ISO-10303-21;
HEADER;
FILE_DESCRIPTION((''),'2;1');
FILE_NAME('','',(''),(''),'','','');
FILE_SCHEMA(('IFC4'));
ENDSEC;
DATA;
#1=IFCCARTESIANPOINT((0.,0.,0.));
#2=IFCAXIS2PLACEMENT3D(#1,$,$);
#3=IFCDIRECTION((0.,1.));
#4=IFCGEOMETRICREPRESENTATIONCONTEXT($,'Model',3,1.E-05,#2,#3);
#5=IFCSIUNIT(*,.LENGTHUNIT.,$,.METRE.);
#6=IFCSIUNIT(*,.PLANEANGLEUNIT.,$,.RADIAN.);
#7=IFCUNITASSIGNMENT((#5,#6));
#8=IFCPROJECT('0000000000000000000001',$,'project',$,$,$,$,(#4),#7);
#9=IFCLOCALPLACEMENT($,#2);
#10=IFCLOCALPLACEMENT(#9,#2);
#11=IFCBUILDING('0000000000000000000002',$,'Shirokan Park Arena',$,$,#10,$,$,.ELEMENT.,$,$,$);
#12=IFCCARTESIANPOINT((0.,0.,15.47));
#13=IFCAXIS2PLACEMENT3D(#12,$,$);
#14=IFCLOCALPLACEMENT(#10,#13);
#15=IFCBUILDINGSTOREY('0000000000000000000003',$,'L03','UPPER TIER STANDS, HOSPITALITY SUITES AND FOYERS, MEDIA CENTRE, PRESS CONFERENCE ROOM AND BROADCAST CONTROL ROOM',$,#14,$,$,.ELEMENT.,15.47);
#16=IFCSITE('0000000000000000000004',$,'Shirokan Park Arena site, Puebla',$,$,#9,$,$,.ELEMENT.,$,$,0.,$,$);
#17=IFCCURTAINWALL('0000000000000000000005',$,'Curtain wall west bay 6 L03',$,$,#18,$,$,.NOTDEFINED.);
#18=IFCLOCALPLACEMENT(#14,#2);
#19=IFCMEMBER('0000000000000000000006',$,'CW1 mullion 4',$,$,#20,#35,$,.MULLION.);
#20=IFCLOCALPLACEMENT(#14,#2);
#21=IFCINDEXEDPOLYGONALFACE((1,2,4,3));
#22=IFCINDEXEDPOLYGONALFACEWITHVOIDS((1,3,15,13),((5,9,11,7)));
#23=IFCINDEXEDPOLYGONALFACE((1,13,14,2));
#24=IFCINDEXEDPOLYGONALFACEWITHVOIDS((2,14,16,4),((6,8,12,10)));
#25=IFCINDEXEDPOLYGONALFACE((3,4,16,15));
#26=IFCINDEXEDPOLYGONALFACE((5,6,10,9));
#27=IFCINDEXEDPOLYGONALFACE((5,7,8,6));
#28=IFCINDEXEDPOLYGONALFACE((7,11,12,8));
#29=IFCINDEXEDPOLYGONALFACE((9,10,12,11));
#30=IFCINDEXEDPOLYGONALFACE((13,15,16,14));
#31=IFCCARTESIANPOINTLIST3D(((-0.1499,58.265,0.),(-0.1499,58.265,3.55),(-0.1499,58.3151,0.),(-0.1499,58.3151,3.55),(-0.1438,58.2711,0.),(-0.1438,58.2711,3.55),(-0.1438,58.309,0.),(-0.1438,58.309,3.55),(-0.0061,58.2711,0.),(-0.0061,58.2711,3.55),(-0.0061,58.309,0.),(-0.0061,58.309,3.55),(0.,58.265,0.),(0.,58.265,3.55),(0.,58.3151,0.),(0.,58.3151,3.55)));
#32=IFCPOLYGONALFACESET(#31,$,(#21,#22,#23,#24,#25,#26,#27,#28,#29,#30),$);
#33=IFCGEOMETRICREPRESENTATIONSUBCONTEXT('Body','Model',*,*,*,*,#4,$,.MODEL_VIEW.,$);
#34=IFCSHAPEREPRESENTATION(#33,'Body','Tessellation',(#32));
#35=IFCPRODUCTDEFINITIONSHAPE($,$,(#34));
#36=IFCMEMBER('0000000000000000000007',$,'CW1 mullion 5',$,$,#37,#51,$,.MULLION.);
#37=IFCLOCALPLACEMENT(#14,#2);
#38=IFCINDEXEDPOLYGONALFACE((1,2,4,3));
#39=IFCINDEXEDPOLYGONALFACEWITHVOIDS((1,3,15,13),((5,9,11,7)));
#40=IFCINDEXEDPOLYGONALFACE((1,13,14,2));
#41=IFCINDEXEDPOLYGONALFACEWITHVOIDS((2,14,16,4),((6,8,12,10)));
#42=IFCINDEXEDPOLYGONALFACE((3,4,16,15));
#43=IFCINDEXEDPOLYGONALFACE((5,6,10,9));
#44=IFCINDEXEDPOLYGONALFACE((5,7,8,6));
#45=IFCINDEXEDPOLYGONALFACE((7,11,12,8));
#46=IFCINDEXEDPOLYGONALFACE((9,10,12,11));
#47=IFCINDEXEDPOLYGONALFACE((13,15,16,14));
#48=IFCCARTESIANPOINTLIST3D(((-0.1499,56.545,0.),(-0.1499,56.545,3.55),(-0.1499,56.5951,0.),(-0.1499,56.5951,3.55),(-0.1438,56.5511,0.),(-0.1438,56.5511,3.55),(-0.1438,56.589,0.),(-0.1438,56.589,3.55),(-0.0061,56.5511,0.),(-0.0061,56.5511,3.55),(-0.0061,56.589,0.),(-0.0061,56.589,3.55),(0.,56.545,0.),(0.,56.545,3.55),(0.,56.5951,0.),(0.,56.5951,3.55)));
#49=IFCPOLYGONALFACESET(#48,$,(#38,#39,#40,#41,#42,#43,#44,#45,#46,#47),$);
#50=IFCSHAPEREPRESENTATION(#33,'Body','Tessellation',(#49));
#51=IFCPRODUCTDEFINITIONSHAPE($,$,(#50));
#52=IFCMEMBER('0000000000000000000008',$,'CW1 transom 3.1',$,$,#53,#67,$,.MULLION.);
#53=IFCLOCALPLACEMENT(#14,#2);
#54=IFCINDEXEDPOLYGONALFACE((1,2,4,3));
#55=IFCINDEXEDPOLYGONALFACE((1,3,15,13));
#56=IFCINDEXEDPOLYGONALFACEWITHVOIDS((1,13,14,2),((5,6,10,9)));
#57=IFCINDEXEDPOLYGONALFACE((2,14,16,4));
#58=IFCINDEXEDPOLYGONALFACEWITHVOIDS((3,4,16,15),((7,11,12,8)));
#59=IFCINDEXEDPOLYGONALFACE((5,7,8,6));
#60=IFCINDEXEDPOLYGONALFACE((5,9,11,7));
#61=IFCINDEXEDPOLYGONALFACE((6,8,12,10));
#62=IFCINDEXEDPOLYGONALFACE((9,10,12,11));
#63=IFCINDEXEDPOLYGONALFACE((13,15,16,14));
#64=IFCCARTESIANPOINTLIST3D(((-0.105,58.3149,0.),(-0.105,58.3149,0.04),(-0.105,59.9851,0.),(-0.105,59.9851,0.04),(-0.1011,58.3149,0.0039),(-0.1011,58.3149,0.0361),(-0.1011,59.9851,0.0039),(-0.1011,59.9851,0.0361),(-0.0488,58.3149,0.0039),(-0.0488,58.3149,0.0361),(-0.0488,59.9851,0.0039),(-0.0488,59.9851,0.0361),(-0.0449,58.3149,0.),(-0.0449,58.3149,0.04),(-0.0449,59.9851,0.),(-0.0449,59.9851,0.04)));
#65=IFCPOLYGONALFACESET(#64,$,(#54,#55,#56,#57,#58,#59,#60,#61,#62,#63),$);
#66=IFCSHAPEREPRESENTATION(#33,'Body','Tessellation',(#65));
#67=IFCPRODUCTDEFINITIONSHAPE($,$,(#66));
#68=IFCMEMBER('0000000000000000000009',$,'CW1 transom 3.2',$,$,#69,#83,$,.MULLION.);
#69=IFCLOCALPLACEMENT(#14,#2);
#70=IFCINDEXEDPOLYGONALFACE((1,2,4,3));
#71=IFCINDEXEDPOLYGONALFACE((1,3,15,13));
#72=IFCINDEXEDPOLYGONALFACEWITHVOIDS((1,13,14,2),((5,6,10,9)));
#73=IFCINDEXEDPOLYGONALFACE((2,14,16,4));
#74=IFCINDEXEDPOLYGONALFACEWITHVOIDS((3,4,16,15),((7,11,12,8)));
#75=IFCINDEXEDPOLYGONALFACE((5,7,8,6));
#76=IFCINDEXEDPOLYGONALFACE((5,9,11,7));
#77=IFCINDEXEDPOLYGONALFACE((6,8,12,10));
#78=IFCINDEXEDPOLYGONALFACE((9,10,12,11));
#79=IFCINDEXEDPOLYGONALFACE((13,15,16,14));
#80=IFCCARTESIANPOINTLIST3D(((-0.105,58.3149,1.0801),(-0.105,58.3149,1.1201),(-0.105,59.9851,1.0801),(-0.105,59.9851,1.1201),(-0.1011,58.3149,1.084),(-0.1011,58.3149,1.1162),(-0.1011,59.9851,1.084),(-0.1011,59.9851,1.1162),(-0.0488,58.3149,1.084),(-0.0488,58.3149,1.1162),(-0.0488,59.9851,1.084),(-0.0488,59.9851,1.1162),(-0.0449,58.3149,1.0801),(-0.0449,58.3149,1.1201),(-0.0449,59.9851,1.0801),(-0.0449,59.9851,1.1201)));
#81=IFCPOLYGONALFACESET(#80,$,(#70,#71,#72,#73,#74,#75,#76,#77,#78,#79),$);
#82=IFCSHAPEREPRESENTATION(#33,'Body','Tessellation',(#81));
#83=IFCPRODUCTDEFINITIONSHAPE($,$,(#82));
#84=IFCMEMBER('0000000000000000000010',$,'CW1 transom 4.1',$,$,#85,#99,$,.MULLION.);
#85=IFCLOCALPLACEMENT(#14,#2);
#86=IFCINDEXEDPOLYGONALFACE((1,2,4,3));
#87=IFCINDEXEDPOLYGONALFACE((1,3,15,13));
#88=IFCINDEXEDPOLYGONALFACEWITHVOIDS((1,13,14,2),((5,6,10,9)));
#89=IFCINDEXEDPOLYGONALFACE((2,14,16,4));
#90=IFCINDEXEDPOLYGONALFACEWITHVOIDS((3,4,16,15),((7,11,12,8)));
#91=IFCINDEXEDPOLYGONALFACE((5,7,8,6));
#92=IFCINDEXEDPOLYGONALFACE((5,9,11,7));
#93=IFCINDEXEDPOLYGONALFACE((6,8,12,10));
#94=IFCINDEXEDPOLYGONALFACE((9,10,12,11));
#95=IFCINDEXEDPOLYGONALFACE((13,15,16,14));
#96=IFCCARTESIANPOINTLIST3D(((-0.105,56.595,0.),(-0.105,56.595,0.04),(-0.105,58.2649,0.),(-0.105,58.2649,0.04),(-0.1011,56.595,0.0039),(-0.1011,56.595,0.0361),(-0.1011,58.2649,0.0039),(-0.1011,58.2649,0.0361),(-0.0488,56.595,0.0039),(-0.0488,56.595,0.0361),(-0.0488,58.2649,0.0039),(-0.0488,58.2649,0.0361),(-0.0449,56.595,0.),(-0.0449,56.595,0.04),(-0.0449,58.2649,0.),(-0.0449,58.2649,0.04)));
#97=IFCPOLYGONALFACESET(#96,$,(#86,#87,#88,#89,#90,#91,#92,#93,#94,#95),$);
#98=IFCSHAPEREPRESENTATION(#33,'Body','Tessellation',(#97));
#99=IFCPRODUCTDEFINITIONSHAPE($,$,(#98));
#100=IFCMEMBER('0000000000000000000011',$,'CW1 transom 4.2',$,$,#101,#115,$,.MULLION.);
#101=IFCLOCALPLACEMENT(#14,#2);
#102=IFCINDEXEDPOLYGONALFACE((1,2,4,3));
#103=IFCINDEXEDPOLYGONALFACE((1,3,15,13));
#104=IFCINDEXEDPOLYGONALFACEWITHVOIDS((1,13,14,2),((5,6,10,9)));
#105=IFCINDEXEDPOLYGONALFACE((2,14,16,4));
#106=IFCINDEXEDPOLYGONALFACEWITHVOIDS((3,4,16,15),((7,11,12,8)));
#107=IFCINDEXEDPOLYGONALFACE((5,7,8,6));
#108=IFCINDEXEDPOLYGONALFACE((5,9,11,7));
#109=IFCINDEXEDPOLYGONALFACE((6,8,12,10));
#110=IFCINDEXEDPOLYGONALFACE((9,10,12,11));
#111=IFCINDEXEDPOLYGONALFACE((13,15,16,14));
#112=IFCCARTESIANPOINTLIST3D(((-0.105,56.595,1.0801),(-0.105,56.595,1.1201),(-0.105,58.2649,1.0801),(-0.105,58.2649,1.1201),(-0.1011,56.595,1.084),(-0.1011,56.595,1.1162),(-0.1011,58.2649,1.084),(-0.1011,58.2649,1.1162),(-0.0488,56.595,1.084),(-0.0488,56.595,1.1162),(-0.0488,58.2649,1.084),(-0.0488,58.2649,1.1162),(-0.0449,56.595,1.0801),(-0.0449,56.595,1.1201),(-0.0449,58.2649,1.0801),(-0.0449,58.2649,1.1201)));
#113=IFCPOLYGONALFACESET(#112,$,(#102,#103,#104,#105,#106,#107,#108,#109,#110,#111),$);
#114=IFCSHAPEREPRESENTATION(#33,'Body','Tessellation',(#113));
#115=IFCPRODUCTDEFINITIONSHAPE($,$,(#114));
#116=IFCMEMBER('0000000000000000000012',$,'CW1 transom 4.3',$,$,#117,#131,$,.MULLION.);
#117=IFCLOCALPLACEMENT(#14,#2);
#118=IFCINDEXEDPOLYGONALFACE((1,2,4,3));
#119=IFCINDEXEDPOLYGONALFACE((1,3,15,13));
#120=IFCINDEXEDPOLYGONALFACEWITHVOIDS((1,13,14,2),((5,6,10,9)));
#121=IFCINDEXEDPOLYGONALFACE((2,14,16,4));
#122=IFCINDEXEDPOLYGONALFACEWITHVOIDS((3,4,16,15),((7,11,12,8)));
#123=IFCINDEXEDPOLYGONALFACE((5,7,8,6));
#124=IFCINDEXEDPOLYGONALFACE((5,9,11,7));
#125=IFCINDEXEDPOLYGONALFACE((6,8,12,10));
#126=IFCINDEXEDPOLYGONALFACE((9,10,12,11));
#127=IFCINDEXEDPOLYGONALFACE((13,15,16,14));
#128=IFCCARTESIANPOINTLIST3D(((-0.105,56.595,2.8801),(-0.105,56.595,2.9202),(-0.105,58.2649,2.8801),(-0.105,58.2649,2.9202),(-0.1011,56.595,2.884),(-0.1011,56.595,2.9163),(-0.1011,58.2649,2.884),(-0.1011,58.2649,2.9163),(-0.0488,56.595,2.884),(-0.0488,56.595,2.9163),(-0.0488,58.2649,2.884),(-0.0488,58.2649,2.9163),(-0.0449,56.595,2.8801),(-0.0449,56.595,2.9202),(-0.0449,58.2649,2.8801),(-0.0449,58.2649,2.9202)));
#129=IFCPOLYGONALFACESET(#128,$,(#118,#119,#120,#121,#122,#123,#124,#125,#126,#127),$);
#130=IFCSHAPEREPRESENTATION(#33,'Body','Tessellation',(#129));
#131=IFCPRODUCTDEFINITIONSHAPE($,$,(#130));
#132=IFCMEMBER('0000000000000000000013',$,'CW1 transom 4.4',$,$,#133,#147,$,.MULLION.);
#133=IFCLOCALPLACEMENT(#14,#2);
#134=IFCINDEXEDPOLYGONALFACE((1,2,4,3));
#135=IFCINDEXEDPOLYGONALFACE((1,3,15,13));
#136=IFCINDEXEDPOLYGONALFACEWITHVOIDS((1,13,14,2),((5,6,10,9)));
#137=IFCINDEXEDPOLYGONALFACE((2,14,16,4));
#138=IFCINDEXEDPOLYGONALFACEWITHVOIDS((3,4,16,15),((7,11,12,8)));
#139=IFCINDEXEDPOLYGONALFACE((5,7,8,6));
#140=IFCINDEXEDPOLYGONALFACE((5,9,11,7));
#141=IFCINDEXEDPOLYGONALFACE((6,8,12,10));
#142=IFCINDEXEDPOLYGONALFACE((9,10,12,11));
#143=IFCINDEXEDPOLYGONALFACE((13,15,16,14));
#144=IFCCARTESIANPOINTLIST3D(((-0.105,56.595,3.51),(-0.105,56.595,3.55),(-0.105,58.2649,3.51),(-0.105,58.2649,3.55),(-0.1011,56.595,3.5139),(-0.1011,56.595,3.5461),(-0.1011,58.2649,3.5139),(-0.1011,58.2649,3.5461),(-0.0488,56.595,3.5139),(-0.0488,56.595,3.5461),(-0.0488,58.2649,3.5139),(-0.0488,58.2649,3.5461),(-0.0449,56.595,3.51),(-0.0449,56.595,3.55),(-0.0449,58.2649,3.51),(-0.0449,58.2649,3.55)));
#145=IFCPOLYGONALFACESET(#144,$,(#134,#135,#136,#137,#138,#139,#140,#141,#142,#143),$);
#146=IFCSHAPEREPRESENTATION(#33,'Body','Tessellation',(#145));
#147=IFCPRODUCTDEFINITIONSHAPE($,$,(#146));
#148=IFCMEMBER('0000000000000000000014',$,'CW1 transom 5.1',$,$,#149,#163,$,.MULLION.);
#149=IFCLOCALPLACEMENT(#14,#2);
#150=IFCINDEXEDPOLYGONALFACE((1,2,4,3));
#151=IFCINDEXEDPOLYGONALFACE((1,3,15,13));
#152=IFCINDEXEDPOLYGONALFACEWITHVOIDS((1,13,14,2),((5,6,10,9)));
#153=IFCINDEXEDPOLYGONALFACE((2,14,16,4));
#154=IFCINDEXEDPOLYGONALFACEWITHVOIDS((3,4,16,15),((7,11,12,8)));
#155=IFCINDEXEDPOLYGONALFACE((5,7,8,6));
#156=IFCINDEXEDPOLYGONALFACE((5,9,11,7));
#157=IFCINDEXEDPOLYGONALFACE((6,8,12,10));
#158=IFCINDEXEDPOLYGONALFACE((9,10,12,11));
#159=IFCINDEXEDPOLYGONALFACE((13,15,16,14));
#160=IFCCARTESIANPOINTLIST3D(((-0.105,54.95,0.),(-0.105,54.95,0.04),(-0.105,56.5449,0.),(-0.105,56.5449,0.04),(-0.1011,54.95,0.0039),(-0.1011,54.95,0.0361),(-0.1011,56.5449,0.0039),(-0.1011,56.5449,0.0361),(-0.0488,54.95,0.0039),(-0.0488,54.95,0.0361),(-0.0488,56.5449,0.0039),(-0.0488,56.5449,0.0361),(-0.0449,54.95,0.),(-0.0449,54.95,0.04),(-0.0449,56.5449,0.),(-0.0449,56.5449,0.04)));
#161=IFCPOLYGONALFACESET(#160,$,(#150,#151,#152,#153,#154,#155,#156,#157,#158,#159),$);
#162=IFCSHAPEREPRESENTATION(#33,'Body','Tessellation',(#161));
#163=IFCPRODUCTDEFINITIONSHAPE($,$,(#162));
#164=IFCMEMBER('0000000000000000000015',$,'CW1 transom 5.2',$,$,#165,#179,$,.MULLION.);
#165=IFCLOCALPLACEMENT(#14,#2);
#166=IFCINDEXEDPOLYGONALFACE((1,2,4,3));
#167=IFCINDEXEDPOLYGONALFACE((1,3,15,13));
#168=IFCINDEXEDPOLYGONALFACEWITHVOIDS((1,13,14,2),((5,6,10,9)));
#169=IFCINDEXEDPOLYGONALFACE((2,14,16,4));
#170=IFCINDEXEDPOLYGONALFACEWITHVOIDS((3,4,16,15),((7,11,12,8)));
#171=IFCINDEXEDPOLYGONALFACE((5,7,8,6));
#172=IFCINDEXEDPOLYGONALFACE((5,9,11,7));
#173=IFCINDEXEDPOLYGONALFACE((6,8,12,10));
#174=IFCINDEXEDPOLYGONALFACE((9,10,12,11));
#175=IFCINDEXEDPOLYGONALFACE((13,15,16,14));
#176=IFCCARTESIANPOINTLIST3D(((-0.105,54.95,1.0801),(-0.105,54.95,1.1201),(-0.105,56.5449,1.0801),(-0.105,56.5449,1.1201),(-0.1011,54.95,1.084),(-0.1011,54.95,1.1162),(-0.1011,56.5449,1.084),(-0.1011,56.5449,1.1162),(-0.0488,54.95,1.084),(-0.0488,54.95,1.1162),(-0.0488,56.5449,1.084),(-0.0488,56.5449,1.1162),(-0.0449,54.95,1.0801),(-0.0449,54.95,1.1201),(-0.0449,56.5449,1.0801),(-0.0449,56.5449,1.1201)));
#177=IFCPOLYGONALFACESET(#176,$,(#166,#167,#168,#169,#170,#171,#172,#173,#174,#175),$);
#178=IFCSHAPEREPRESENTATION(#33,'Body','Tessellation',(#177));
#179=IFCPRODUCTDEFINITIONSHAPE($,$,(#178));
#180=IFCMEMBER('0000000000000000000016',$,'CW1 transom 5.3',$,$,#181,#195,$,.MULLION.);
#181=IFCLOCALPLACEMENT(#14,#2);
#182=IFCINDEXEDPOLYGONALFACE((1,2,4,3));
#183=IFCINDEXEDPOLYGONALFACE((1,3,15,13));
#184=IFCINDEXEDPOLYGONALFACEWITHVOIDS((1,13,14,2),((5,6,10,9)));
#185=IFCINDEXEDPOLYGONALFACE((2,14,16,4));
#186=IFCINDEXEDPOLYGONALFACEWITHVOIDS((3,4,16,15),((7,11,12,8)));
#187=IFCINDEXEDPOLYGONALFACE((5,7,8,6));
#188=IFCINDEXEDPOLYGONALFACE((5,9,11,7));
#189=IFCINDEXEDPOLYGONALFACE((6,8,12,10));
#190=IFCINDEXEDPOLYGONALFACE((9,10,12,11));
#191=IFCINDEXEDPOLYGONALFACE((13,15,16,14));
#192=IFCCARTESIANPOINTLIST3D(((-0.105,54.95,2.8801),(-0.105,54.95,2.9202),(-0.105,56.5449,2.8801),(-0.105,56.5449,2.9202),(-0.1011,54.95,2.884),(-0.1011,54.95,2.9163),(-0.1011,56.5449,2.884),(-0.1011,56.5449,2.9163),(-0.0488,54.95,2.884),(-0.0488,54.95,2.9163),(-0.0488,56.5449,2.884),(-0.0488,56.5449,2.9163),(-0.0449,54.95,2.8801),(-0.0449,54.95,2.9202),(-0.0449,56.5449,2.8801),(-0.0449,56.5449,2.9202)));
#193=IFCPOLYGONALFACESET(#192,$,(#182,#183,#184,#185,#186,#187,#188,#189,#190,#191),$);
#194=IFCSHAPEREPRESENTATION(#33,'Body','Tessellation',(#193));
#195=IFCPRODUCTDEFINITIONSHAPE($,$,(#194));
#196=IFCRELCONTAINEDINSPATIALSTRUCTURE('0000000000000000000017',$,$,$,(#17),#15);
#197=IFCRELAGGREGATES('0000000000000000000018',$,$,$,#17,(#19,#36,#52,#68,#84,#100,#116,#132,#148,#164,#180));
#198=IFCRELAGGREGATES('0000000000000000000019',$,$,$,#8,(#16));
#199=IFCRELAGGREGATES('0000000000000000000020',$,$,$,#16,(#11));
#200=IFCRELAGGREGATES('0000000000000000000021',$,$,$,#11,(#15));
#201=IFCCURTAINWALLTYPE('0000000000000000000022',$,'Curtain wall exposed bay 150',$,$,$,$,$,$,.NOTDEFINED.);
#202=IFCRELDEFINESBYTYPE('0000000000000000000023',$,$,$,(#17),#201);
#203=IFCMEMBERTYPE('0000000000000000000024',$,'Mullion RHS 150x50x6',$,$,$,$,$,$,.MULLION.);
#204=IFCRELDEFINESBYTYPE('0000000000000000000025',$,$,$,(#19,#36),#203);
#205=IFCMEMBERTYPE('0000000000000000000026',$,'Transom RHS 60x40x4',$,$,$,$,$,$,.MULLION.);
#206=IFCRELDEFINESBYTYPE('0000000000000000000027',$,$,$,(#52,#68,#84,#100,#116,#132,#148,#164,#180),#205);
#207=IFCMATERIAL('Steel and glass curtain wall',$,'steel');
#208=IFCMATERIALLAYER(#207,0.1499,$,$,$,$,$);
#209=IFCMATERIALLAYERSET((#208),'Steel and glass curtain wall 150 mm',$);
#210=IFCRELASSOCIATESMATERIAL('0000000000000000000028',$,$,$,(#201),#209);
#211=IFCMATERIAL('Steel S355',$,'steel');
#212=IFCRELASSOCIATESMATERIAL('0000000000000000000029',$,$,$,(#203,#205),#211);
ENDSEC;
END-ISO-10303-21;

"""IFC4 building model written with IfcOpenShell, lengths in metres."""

from ifc_helpers import new_model, si_unit, direction, frame, origin, origin_2d, place, context, subcontext, project, spatial, hollow_rectangle, extrude, material, layer, layer_set, material_profile, profile_set, type_object, element, aggregate, save


model = new_model("IFC4")

# Units and contexts
model_context = context("Model", 3, precision=1e-05, world=origin(), true_north=direction((0.0, 1.0)))
body_context = subcontext(model_context, "Body", "Model", "MODEL_VIEW")
ifc_project = project(units=[si_unit("LENGTHUNIT", "METRE"), si_unit("PLANEANGLEUNIT", "RADIAN")], contexts=[model_context])

# Site, building, storey
site_placement = place(None, origin())
site = spatial("IfcSite", under=ifc_project, at=site_placement, Name="Shirokan Park Arena site, Puebla", CompositionType="ELEMENT", RefElevation=0.0)
building_placement = place(site_placement, origin())
building = spatial("IfcBuilding", under=site, at=building_placement, Name="Shirokan Park Arena", CompositionType="ELEMENT")
storey_placement = place(building_placement, frame((0.0, 0.0, 15.47)))
storey = spatial("IfcBuildingStorey", under=building, at=storey_placement, Name="L03", Description="UPPER TIER STANDS, HOSPITALITY SUITES AND FOYERS, MEDIA CENTRE, PRESS CONFERENCE ROOM AND BROADCAST CONTROL ROOM", CompositionType="ELEMENT", Elevation=15.47)

# Curtain wall, members
ifc_material_1 = material(Name="Steel and glass curtain wall", Category="steel")
ifc_layer_1 = layer(ifc_material_1, 0.1499)
ifc_layer_set_1 = layer_set([ifc_layer_1], Name="Steel and glass curtain wall 150 mm")
curtain_wall_type = type_object("IfcCurtainWallType", Name="Curtain wall exposed bay 150", PredefinedType="NOTDEFINED", material=ifc_layer_set_1)
curtain_wall_placement = place(storey_placement, origin())
curtain_wall = element("IfcCurtainWall", 1, at=curtain_wall_placement, inside=storey, type_object=curtain_wall_type, Name="Curtain wall west bay 6 L03", PredefinedType="NOTDEFINED")
ifc_material_2 = material(Name="Steel S355", Category="steel")
ifc_material_profile_1 = material_profile(ifc_material_2, hollow_rectangle(XDim=0.1499, YDim=0.05, WallThickness=0.0061, at=origin_2d()), Name="RHS 150x50x6")
ifc_profile_set_1 = profile_set([ifc_material_profile_1], Name="Steel S355")
member_type_1 = type_object("IfcMemberType", Name="Mullion RHS 150x50x6", PredefinedType="MULLION", material=ifc_profile_set_1)
member_1_placement = place(storey_placement, frame((-0.075, 58.29, 0.0), z_axis=(0.0, 0.0, 1.0), x_axis=(1.0, 0.0, 0.0)))
member_1 = element("IfcMember", 2, at=member_1_placement, type_object=member_type_1, Name="CW1 mullion 4", PredefinedType="MULLION", context=body_context, shape_type="SweptSolid", body=[
    extrude(hollow_rectangle(XDim=0.1499, YDim=0.05, WallThickness=0.0061, at=origin_2d()), origin(), (0.0, 0.0, 1.0), 3.55),
])
member_2_placement = place(storey_placement, frame((-0.075, 56.5701, 0.0), z_axis=(0.0, 0.0, 1.0), x_axis=(1.0, 0.0, 0.0)))
member_2 = element("IfcMember", 3, at=member_2_placement, type_object=member_type_1, Name="CW1 mullion 5", PredefinedType="MULLION", context=body_context, shape_type="SweptSolid", body=[
    extrude(hollow_rectangle(XDim=0.1499, YDim=0.05, WallThickness=0.0061, at=origin_2d()), origin(), (0.0, 0.0, 1.0), 3.55),
])
ifc_material_profile_2 = material_profile(ifc_material_2, hollow_rectangle(XDim=0.0601, YDim=0.04, WallThickness=0.0039, at=origin_2d()), Name="RHS 60x40x4")
ifc_profile_set_2 = profile_set([ifc_material_profile_2], Name="Steel S355")
member_type_2 = type_object("IfcMemberType", Name="Transom RHS 60x40x4", PredefinedType="MULLION", material=ifc_profile_set_2)
member_3_placement = place(storey_placement, frame((-0.075, 59.9851, 0.02), z_axis=(0.0, -1.0, 0.0), x_axis=(1.0, 0.0, 0.0)))
member_3 = element("IfcMember", 4, at=member_3_placement, type_object=member_type_2, Name="CW1 transom 3.1", PredefinedType="MULLION", context=body_context, shape_type="SweptSolid", body=[
    extrude(hollow_rectangle(XDim=0.0601, YDim=0.04, WallThickness=0.0039, at=origin_2d()), origin(), (0.0, 0.0, 1.0), 1.6702),
])
member_4_placement = place(storey_placement, frame((-0.075, 59.9851, 1.1001), z_axis=(0.0, -1.0, 0.0), x_axis=(1.0, 0.0, 0.0)))
member_4 = element("IfcMember", 5, at=member_4_placement, type_object=member_type_2, Name="CW1 transom 3.2", PredefinedType="MULLION", context=body_context, shape_type="SweptSolid", body=[
    extrude(hollow_rectangle(XDim=0.0601, YDim=0.04, WallThickness=0.0039, at=origin_2d()), origin(), (0.0, 0.0, 1.0), 1.6702),
])
member_5_placement = place(storey_placement, frame((-0.075, 58.2649, 0.02), z_axis=(0.0, -1.0, 0.0), x_axis=(1.0, 0.0, 0.0)))
member_5 = element("IfcMember", 6, at=member_5_placement, type_object=member_type_2, Name="CW1 transom 4.1", PredefinedType="MULLION", context=body_context, shape_type="SweptSolid", body=[
    extrude(hollow_rectangle(XDim=0.0601, YDim=0.04, WallThickness=0.0039, at=origin_2d()), origin(), (0.0, 0.0, 1.0), 1.6699),
])
member_6_placement = place(storey_placement, frame((-0.075, 58.2649, 1.1001), z_axis=(0.0, -1.0, 0.0), x_axis=(1.0, 0.0, 0.0)))
member_6 = element("IfcMember", 7, at=member_6_placement, type_object=member_type_2, Name="CW1 transom 4.2", PredefinedType="MULLION", context=body_context, shape_type="SweptSolid", body=[
    extrude(hollow_rectangle(XDim=0.0601, YDim=0.04, WallThickness=0.0039, at=origin_2d()), origin(), (0.0, 0.0, 1.0), 1.6699),
])
member_7_placement = place(storey_placement, frame((-0.075, 58.2649, 2.9001), z_axis=(0.0, -1.0, 0.0), x_axis=(1.0, 0.0, 0.0)))
member_7 = element("IfcMember", 8, at=member_7_placement, type_object=member_type_2, Name="CW1 transom 4.3", PredefinedType="MULLION", context=body_context, shape_type="SweptSolid", body=[
    extrude(hollow_rectangle(XDim=0.0601, YDim=0.04, WallThickness=0.0039, at=origin_2d()), origin(), (0.0, 0.0, 1.0), 1.6699),
])
member_8_placement = place(storey_placement, frame((-0.075, 58.2649, 3.53), z_axis=(0.0, -1.0, 0.0), x_axis=(1.0, 0.0, 0.0)))
member_8 = element("IfcMember", 9, at=member_8_placement, type_object=member_type_2, Name="CW1 transom 4.4", PredefinedType="MULLION", context=body_context, shape_type="SweptSolid", body=[
    extrude(hollow_rectangle(XDim=0.0601, YDim=0.04, WallThickness=0.0039, at=origin_2d()), origin(), (0.0, 0.0, 1.0), 1.6699),
])
member_9_placement = place(storey_placement, frame((-0.075, 56.5449, 0.02), z_axis=(0.0, -1.0, 0.0), x_axis=(1.0, 0.0, 0.0)))
member_9 = element("IfcMember", 10, at=member_9_placement, type_object=member_type_2, Name="CW1 transom 5.1", PredefinedType="MULLION", context=body_context, shape_type="SweptSolid", body=[
    extrude(hollow_rectangle(XDim=0.0601, YDim=0.04, WallThickness=0.0039, at=origin_2d()), origin(), (0.0, 0.0, 1.0), 1.595),
])
member_10_placement = place(storey_placement, frame((-0.075, 56.5449, 1.1001), z_axis=(0.0, -1.0, 0.0), x_axis=(1.0, 0.0, 0.0)))
member_10 = element("IfcMember", 11, at=member_10_placement, type_object=member_type_2, Name="CW1 transom 5.2", PredefinedType="MULLION", context=body_context, shape_type="SweptSolid", body=[
    extrude(hollow_rectangle(XDim=0.0601, YDim=0.04, WallThickness=0.0039, at=origin_2d()), origin(), (0.0, 0.0, 1.0), 1.595),
])
member_11_placement = place(storey_placement, frame((-0.075, 56.5449, 2.9001), z_axis=(0.0, -1.0, 0.0), x_axis=(1.0, 0.0, 0.0)))
member_11 = element("IfcMember", 12, at=member_11_placement, type_object=member_type_2, Name="CW1 transom 5.3", PredefinedType="MULLION", context=body_context, shape_type="SweptSolid", body=[
    extrude(hollow_rectangle(XDim=0.0601, YDim=0.04, WallThickness=0.0039, at=origin_2d()), origin(), (0.0, 0.0, 1.0), 1.595),
])
aggregate(curtain_wall, [member_1, member_2, member_3, member_4, member_5, member_6, member_7, member_8, member_9, member_10, member_11])

save(model, "model.ifc")
